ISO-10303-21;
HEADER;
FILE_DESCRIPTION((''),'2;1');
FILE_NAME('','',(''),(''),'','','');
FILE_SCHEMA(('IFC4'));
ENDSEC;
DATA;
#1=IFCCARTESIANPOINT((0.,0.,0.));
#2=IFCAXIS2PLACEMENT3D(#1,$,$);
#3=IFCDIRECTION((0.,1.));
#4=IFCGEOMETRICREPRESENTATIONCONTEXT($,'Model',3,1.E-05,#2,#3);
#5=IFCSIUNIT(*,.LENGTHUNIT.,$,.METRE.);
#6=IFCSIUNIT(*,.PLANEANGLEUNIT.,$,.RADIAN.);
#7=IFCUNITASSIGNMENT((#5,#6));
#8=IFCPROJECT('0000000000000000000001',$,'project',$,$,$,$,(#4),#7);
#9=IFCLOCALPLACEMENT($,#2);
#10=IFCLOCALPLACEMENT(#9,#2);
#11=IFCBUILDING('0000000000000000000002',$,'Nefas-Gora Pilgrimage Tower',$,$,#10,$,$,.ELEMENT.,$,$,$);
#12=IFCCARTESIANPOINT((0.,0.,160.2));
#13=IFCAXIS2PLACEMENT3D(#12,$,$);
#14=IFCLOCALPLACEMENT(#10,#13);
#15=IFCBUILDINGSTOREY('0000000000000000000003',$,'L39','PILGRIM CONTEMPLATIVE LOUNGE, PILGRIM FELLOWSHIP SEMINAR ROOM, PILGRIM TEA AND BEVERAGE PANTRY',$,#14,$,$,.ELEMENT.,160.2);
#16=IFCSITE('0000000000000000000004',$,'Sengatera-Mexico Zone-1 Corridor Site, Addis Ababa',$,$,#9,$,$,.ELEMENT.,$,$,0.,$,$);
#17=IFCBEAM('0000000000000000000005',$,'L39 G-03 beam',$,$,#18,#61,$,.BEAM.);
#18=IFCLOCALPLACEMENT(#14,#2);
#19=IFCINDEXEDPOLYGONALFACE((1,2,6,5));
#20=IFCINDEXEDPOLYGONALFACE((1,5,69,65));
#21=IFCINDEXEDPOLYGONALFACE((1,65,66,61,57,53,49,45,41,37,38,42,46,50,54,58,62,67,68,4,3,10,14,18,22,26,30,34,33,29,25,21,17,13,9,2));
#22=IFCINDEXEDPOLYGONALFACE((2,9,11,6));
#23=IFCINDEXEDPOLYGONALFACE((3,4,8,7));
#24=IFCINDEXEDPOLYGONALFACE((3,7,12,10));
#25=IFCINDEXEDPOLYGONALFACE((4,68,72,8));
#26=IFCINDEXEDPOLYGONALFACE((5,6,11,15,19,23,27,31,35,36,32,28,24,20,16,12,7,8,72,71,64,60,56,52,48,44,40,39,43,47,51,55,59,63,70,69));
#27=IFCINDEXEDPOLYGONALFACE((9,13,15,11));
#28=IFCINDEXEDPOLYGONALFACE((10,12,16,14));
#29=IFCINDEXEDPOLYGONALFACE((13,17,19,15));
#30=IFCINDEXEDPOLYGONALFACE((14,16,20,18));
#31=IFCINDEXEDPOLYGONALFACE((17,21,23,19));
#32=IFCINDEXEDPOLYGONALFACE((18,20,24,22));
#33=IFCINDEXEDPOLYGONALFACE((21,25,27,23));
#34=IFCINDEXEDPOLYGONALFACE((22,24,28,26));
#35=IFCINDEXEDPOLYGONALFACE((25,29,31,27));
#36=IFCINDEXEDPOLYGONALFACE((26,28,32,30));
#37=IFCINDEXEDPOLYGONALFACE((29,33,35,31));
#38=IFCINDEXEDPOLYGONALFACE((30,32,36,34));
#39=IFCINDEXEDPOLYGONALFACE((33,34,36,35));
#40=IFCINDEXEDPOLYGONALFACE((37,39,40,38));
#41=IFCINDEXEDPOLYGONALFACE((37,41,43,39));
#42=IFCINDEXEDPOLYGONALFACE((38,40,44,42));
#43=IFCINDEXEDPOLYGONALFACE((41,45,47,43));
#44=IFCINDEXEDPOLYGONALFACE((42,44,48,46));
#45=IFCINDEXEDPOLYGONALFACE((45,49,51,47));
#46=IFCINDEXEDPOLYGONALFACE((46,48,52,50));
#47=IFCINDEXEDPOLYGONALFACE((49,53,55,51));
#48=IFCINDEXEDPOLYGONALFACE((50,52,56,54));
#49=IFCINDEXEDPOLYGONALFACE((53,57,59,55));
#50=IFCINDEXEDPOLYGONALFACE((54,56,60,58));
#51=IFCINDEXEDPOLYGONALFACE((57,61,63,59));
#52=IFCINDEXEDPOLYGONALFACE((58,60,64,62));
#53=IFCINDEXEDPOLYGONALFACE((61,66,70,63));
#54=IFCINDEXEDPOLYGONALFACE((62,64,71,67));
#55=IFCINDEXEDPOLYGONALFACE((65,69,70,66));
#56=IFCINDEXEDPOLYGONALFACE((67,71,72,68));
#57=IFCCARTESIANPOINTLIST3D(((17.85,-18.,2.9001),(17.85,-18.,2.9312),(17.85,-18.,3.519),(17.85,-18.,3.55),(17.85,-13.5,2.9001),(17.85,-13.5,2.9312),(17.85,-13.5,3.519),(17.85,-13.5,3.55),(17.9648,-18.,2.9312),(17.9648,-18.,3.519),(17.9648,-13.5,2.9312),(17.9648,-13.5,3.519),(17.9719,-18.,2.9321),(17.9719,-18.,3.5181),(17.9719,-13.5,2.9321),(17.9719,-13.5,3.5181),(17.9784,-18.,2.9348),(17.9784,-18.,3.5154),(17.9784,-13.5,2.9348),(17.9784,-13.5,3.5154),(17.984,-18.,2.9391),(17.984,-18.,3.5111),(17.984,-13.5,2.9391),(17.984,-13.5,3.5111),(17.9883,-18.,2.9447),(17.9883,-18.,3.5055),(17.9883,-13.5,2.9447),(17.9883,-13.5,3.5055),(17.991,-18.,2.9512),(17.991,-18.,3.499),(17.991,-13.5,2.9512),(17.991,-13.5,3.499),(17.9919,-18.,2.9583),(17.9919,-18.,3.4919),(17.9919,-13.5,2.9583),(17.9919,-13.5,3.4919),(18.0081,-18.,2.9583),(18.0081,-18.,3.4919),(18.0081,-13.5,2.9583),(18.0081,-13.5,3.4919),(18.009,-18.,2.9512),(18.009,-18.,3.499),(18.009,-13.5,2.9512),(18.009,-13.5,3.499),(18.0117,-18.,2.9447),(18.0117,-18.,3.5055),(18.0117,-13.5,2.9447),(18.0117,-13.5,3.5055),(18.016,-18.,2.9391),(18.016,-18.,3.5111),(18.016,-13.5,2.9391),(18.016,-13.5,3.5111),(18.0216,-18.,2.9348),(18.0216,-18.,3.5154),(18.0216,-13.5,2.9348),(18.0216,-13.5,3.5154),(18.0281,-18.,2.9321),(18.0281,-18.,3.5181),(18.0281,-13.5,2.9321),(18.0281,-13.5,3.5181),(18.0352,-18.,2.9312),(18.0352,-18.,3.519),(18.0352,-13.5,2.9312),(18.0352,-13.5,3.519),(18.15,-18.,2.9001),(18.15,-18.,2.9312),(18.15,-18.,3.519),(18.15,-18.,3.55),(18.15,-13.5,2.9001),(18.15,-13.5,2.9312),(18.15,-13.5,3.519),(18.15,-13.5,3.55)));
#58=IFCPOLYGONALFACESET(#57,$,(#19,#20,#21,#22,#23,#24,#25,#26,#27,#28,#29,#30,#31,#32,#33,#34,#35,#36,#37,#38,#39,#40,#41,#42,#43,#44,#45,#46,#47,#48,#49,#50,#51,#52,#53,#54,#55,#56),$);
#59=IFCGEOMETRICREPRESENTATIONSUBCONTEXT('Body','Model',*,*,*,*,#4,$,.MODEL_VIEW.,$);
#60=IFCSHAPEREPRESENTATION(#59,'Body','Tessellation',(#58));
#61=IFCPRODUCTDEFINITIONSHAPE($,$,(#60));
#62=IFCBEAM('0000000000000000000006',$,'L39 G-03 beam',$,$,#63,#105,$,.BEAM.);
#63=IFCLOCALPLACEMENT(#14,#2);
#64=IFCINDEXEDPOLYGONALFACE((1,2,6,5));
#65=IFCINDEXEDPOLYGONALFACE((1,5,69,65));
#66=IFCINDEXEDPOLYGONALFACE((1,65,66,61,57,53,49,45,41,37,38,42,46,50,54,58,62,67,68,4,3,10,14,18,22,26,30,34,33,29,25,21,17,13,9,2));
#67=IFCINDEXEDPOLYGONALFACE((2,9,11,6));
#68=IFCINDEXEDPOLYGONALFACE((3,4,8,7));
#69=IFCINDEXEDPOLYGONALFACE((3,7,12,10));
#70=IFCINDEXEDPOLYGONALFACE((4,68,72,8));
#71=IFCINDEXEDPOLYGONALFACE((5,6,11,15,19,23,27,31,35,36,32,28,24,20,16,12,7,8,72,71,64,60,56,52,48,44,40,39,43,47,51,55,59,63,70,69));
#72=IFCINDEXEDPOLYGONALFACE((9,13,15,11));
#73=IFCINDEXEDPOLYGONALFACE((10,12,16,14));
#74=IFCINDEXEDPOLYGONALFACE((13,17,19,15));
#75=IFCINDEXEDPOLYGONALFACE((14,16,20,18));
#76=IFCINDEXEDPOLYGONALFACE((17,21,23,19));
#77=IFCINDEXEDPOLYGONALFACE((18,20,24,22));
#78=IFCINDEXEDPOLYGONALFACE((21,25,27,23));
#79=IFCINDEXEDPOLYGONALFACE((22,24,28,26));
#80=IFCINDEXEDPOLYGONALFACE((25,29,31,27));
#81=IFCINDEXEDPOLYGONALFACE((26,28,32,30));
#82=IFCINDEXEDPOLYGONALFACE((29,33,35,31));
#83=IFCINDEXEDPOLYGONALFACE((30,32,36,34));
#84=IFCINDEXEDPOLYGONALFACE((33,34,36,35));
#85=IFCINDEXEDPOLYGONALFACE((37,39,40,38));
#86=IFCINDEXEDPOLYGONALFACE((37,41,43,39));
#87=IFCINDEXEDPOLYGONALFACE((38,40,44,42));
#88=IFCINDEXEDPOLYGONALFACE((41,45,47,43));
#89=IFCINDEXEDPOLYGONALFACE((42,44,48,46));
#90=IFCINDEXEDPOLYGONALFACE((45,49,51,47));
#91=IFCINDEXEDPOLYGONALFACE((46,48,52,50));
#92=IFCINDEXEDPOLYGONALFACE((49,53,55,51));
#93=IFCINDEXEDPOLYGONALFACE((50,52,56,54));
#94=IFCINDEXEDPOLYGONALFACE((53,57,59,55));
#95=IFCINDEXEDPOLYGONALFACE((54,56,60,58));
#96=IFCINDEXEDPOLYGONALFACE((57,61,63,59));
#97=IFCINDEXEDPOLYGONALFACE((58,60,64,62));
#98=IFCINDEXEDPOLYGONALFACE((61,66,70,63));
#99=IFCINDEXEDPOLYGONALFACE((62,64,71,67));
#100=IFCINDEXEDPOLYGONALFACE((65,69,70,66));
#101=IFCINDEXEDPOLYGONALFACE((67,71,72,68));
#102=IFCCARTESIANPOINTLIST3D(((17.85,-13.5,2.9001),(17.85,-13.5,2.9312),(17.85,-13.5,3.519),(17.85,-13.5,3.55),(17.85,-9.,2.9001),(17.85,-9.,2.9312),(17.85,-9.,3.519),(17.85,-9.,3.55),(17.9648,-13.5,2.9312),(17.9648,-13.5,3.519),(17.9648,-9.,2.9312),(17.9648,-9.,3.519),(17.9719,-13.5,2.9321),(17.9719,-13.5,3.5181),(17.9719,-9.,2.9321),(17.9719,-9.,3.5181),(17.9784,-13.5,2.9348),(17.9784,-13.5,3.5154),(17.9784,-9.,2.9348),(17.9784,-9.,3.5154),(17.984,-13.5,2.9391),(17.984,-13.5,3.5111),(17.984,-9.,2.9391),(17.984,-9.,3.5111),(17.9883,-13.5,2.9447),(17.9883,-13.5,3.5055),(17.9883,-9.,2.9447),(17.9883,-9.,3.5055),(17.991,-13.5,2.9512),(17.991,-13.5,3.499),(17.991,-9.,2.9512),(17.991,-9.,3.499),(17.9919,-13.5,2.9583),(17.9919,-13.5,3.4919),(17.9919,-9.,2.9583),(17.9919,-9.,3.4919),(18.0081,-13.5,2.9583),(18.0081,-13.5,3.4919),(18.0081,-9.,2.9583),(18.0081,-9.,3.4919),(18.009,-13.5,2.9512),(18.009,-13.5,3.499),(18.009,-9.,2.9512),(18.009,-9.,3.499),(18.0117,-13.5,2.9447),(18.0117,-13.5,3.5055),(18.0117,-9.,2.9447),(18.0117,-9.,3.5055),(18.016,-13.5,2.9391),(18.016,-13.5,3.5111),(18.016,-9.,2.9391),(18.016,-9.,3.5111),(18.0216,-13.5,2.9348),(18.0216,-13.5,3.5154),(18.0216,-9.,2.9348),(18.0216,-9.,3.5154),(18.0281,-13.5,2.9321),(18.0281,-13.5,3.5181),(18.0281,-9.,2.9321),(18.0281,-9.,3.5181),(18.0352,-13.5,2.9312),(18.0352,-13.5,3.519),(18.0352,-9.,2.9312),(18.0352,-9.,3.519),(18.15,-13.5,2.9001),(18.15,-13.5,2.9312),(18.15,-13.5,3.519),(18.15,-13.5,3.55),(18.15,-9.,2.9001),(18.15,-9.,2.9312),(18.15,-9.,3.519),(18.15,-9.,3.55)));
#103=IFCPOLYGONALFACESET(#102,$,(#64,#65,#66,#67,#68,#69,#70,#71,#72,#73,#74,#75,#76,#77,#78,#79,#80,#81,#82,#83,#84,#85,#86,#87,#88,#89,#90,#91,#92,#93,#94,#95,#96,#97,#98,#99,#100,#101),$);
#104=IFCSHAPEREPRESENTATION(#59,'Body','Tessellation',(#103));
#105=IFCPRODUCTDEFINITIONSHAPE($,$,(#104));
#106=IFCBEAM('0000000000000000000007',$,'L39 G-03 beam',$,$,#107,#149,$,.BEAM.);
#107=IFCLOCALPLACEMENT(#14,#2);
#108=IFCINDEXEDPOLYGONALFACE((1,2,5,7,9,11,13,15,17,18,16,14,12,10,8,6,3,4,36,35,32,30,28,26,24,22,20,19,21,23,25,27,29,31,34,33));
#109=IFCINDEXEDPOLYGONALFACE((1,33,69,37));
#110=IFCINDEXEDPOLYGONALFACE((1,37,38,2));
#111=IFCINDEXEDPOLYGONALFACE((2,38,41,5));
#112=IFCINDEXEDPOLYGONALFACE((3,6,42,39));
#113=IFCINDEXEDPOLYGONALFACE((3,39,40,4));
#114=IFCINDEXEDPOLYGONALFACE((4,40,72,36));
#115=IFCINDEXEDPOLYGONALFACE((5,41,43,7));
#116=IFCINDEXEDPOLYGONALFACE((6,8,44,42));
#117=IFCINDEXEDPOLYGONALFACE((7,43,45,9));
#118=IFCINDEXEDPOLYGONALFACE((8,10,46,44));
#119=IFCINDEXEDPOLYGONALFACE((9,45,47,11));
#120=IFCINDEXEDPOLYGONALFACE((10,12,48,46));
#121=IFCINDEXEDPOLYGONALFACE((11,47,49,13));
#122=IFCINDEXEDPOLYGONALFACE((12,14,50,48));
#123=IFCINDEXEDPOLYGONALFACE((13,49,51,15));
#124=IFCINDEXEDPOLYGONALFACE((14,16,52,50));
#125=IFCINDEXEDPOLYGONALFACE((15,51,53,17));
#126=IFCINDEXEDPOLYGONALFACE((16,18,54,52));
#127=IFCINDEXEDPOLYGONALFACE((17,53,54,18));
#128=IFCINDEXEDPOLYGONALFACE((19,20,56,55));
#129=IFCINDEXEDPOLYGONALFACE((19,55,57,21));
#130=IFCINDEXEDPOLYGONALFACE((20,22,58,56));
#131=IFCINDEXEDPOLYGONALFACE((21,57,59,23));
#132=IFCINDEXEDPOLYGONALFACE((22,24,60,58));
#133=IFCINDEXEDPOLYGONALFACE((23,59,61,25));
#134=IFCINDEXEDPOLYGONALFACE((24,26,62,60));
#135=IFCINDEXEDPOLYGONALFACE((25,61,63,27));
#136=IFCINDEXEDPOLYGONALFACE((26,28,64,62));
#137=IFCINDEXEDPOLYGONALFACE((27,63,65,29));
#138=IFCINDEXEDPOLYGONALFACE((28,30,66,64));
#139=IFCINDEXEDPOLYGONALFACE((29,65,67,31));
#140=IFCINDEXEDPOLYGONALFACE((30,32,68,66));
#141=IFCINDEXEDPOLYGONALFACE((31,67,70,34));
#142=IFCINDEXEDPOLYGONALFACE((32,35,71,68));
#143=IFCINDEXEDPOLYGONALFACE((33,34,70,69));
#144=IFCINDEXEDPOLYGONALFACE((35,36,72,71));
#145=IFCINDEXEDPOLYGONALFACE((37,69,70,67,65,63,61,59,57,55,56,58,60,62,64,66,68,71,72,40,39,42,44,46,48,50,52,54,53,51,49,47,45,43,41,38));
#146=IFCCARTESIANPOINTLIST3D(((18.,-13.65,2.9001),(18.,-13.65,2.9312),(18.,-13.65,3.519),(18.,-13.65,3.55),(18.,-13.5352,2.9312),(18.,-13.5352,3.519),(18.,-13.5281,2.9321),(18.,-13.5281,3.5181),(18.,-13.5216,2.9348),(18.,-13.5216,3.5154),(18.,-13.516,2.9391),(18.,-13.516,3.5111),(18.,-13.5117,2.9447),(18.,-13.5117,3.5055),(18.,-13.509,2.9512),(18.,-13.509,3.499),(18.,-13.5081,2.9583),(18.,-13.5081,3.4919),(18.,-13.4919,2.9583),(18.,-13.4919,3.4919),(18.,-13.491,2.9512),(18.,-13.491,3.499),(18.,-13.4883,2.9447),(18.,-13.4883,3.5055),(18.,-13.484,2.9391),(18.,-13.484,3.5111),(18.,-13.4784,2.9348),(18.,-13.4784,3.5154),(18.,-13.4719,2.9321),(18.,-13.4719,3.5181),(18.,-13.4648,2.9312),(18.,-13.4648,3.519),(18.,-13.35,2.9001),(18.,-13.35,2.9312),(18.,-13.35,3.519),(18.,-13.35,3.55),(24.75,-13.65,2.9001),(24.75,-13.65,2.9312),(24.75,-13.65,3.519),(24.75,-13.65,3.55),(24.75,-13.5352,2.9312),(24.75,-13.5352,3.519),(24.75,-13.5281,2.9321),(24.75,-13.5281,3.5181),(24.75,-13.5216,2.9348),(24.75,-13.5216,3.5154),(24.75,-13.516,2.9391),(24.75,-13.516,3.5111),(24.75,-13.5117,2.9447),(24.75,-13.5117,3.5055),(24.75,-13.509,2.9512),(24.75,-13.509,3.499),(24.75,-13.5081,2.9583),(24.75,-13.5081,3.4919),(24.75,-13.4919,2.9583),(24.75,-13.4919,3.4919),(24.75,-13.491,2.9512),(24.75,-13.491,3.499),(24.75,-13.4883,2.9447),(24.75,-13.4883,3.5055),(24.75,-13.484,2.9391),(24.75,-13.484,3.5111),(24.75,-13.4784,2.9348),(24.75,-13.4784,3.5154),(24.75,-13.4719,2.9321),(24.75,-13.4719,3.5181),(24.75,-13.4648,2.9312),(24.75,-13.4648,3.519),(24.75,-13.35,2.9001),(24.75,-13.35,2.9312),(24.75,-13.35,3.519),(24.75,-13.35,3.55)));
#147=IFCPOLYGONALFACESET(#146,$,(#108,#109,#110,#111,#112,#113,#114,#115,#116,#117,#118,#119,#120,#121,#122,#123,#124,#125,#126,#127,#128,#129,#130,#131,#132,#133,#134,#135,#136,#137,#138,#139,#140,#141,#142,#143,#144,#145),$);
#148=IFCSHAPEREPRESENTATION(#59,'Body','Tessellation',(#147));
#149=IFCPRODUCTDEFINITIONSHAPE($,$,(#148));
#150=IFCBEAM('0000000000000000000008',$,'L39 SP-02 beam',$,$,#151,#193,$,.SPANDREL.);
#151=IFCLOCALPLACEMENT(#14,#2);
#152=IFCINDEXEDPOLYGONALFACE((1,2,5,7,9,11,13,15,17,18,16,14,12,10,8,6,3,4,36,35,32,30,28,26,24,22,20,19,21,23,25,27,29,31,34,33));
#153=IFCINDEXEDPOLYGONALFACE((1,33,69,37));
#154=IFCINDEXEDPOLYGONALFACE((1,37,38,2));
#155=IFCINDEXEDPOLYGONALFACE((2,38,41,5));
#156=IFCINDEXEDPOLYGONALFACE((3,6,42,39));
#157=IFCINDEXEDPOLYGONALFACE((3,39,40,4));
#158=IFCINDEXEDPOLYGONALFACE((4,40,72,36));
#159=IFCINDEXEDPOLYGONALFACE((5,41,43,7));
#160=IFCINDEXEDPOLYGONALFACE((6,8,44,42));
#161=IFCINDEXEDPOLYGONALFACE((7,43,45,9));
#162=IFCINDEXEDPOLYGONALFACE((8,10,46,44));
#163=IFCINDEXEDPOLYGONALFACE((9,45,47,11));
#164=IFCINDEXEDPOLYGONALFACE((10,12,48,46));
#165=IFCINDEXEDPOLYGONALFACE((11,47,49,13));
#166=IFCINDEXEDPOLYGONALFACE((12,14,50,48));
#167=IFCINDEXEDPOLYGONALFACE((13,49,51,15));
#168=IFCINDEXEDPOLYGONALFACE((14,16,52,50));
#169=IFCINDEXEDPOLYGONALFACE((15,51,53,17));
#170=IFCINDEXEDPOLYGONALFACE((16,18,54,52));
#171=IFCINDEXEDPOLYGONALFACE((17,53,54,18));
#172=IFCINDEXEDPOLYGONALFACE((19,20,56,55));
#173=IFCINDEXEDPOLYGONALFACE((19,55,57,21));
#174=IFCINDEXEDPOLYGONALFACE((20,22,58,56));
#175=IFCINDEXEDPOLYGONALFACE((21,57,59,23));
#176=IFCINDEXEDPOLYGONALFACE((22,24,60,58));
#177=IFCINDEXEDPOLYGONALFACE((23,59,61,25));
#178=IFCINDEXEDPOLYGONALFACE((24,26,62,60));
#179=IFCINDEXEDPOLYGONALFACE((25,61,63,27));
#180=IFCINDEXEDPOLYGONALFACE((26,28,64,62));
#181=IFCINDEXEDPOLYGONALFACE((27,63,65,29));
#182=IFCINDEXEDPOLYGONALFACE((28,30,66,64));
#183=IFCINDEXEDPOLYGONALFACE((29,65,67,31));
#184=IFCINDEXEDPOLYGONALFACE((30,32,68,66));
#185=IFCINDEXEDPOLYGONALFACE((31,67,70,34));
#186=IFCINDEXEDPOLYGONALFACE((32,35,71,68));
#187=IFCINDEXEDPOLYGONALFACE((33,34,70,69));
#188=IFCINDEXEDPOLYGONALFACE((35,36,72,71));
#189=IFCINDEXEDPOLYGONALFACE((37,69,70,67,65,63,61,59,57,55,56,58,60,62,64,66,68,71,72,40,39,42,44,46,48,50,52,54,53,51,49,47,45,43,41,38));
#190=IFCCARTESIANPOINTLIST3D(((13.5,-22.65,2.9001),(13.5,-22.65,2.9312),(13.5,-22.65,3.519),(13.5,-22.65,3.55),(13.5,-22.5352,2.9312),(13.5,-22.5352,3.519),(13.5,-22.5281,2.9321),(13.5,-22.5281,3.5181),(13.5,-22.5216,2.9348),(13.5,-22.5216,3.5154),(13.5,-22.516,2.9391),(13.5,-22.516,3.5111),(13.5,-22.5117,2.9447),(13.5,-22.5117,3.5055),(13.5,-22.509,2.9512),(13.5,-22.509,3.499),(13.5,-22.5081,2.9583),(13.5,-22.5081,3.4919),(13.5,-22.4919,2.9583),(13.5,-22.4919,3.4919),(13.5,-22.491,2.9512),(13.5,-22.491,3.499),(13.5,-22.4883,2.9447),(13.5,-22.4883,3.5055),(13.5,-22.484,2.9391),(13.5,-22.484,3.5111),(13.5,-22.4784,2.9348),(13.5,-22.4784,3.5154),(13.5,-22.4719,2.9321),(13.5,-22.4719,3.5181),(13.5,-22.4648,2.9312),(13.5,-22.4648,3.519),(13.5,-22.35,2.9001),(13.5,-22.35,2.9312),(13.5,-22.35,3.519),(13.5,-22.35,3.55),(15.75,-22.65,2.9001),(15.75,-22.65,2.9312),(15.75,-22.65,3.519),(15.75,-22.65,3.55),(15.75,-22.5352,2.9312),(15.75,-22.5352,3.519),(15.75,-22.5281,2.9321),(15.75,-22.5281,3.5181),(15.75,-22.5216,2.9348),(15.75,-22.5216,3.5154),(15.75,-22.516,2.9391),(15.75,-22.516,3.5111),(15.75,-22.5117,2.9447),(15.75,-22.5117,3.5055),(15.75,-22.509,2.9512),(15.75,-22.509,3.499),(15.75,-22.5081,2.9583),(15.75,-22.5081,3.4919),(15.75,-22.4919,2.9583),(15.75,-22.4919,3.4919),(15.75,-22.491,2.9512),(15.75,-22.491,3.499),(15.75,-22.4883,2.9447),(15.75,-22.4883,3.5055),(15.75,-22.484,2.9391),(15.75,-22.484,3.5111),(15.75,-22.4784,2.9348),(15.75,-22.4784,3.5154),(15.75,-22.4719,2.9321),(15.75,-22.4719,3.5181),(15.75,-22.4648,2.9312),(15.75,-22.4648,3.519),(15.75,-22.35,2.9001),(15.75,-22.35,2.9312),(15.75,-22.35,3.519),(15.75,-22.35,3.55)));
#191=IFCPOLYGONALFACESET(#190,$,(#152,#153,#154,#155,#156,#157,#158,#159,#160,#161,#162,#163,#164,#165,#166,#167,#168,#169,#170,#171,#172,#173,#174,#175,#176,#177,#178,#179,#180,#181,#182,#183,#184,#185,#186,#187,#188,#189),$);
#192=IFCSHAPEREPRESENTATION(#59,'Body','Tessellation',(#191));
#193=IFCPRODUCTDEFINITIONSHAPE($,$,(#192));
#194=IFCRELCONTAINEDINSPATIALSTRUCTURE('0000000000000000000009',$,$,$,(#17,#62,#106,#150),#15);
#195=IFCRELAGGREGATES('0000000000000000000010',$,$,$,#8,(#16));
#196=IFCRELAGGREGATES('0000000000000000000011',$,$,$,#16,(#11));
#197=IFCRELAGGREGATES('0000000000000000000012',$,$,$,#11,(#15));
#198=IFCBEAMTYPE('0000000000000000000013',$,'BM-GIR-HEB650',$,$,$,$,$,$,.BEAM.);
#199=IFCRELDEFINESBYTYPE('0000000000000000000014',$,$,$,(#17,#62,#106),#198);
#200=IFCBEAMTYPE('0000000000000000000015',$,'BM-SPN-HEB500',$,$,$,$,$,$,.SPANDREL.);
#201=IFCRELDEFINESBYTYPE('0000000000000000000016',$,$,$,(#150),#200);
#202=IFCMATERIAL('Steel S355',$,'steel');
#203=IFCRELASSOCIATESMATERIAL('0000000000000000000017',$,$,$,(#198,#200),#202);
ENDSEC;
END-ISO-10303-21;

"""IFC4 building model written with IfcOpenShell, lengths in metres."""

from ifc_helpers import new_model, si_unit, direction, frame, origin, origin_2d, place, context, subcontext, project, spatial, i_section, extrude, source, transform, mapped, material, material_profile, profile_set, type_object, element, save


model = new_model("IFC4")

# Units and contexts
model_context = context("Model", 3, precision=1e-05, world=origin(), true_north=direction((0.0, 1.0)))
body_context = subcontext(model_context, "Body", "Model", "MODEL_VIEW")
ifc_project = project(units=[si_unit("LENGTHUNIT", "METRE"), si_unit("PLANEANGLEUNIT", "RADIAN")], contexts=[model_context])

# Site, building, storey
site_placement = place(None, origin())
site = spatial("IfcSite", under=ifc_project, at=site_placement, Name="Sengatera-Mexico Zone-1 Corridor Site, Addis Ababa", CompositionType="ELEMENT", RefElevation=0.0)
building_placement = place(site_placement, origin())
building = spatial("IfcBuilding", under=site, at=building_placement, Name="Nefas-Gora Pilgrimage Tower", CompositionType="ELEMENT")
storey_placement = place(building_placement, frame((0.0, 0.0, 160.2)))
storey = spatial("IfcBuildingStorey", under=building, at=storey_placement, Name="L39", Description="PILGRIM CONTEMPLATIVE LOUNGE, PILGRIM FELLOWSHIP SEMINAR ROOM, PILGRIM TEA AND BEVERAGE PANTRY", CompositionType="ELEMENT", Elevation=160.2)

# Beams
ifc_material_1 = material(Name="Steel S355", Category="steel")
ifc_material_profile_1 = material_profile(ifc_material_1, i_section(OverallWidth=0.3, OverallDepth=0.6499, WebThickness=0.0161, FlangeThickness=0.031, FilletRadius=0.0271, at=origin_2d()), Name="HEB 650")
ifc_profile_set_1 = profile_set([ifc_material_profile_1], Name="Steel S355")
beam_type_1 = type_object("IfcBeamType", Name="BM-GIR-HEB650", PredefinedType="BEAM", material=ifc_profile_set_1)
shared_shape_1 = source(origin(), body_context, "Body", "SweptSolid", [
    extrude(i_section(OverallWidth=0.3, OverallDepth=0.6499, WebThickness=0.0161, FlangeThickness=0.031, FilletRadius=0.0271, at=origin_2d()), origin(), (0.0, 0.0, 1.0), 4.5),
])
for number, where, z_axis, x_axis, name in (
    (1, (18.0, -18.0, 3.2251), (0.0, 1.0, 0.0), (-1.0, 0.0, 0.0), "L39 G-03 beam"),
    (2, (18.0, -13.5, 3.2251), (0.0, 1.0, 0.0), (-1.0, 0.0, 0.0), "L39 G-03 beam"),
):
    element("IfcBeam", number, at=place(storey_placement, frame(where, z_axis=z_axis, x_axis=x_axis)), inside=storey, type_object=beam_type_1, Name=name, PredefinedType="BEAM", context=body_context, shape_type="MappedRepresentation", body=[
        mapped(shared_shape_1, transform((0.0, 0.0, 0.0), x_axis=(1.0, 0.0, 0.0), y_axis=(0.0, 1.0, 0.0), z_axis=(0.0, 0.0, 1.0), scale=1.0)),
    ])
shared_shape_2 = source(origin(), body_context, "Body", "SweptSolid", [
    extrude(i_section(OverallWidth=0.3, OverallDepth=0.6499, WebThickness=0.0161, FlangeThickness=0.031, FilletRadius=0.0271, at=origin_2d()), origin(), (0.0, 0.0, 1.0), 6.75),
])
beam_1_placement = place(storey_placement, frame((18.0, -13.5, 3.2251), z_axis=(1.0, 0.0, 0.0), x_axis=(0.0, 1.0, 0.0)))
element("IfcBeam", 3, at=beam_1_placement, inside=storey, type_object=beam_type_1, Name="L39 G-03 beam", PredefinedType="BEAM", context=body_context, shape_type="MappedRepresentation", body=[
    mapped(shared_shape_2, transform((0.0, 0.0, 0.0), x_axis=(1.0, 0.0, 0.0), y_axis=(0.0, 1.0, 0.0), z_axis=(0.0, 0.0, 1.0), scale=1.0)),
])
ifc_material_profile_2 = material_profile(ifc_material_1, i_section(OverallWidth=0.3, OverallDepth=0.6499, WebThickness=0.0161, FlangeThickness=0.031, FilletRadius=0.0271, at=origin_2d()), Name="HEB 650")
ifc_profile_set_2 = profile_set([ifc_material_profile_2], Name="Steel S355")
beam_type_2 = type_object("IfcBeamType", Name="BM-SPN-HEB500", PredefinedType="SPANDREL", material=ifc_profile_set_2)
shared_shape_3 = source(origin(), body_context, "Body", "SweptSolid", [
    extrude(i_section(OverallWidth=0.3, OverallDepth=0.6499, WebThickness=0.0161, FlangeThickness=0.031, FilletRadius=0.0271, at=origin_2d()), origin(), (0.0, 0.0, 1.0), 2.25),
])
for number, where, z_axis, x_axis, name in (
    (4, (13.5, -22.5, 3.2251), (1.0, 0.0, 0.0), (0.0, 1.0, 0.0), "L39 SP-02 beam"),
):
    element("IfcBeam", number, at=place(storey_placement, frame(where, z_axis=z_axis, x_axis=x_axis)), inside=storey, type_object=beam_type_2, Name=name, PredefinedType="SPANDREL", context=body_context, shape_type="MappedRepresentation", body=[
        mapped(shared_shape_3, transform((0.0, 0.0, 0.0), x_axis=(1.0, 0.0, 0.0), y_axis=(0.0, 1.0, 0.0), z_axis=(0.0, 0.0, 1.0), scale=1.0)),
    ])

save(model, "model.ifc")
